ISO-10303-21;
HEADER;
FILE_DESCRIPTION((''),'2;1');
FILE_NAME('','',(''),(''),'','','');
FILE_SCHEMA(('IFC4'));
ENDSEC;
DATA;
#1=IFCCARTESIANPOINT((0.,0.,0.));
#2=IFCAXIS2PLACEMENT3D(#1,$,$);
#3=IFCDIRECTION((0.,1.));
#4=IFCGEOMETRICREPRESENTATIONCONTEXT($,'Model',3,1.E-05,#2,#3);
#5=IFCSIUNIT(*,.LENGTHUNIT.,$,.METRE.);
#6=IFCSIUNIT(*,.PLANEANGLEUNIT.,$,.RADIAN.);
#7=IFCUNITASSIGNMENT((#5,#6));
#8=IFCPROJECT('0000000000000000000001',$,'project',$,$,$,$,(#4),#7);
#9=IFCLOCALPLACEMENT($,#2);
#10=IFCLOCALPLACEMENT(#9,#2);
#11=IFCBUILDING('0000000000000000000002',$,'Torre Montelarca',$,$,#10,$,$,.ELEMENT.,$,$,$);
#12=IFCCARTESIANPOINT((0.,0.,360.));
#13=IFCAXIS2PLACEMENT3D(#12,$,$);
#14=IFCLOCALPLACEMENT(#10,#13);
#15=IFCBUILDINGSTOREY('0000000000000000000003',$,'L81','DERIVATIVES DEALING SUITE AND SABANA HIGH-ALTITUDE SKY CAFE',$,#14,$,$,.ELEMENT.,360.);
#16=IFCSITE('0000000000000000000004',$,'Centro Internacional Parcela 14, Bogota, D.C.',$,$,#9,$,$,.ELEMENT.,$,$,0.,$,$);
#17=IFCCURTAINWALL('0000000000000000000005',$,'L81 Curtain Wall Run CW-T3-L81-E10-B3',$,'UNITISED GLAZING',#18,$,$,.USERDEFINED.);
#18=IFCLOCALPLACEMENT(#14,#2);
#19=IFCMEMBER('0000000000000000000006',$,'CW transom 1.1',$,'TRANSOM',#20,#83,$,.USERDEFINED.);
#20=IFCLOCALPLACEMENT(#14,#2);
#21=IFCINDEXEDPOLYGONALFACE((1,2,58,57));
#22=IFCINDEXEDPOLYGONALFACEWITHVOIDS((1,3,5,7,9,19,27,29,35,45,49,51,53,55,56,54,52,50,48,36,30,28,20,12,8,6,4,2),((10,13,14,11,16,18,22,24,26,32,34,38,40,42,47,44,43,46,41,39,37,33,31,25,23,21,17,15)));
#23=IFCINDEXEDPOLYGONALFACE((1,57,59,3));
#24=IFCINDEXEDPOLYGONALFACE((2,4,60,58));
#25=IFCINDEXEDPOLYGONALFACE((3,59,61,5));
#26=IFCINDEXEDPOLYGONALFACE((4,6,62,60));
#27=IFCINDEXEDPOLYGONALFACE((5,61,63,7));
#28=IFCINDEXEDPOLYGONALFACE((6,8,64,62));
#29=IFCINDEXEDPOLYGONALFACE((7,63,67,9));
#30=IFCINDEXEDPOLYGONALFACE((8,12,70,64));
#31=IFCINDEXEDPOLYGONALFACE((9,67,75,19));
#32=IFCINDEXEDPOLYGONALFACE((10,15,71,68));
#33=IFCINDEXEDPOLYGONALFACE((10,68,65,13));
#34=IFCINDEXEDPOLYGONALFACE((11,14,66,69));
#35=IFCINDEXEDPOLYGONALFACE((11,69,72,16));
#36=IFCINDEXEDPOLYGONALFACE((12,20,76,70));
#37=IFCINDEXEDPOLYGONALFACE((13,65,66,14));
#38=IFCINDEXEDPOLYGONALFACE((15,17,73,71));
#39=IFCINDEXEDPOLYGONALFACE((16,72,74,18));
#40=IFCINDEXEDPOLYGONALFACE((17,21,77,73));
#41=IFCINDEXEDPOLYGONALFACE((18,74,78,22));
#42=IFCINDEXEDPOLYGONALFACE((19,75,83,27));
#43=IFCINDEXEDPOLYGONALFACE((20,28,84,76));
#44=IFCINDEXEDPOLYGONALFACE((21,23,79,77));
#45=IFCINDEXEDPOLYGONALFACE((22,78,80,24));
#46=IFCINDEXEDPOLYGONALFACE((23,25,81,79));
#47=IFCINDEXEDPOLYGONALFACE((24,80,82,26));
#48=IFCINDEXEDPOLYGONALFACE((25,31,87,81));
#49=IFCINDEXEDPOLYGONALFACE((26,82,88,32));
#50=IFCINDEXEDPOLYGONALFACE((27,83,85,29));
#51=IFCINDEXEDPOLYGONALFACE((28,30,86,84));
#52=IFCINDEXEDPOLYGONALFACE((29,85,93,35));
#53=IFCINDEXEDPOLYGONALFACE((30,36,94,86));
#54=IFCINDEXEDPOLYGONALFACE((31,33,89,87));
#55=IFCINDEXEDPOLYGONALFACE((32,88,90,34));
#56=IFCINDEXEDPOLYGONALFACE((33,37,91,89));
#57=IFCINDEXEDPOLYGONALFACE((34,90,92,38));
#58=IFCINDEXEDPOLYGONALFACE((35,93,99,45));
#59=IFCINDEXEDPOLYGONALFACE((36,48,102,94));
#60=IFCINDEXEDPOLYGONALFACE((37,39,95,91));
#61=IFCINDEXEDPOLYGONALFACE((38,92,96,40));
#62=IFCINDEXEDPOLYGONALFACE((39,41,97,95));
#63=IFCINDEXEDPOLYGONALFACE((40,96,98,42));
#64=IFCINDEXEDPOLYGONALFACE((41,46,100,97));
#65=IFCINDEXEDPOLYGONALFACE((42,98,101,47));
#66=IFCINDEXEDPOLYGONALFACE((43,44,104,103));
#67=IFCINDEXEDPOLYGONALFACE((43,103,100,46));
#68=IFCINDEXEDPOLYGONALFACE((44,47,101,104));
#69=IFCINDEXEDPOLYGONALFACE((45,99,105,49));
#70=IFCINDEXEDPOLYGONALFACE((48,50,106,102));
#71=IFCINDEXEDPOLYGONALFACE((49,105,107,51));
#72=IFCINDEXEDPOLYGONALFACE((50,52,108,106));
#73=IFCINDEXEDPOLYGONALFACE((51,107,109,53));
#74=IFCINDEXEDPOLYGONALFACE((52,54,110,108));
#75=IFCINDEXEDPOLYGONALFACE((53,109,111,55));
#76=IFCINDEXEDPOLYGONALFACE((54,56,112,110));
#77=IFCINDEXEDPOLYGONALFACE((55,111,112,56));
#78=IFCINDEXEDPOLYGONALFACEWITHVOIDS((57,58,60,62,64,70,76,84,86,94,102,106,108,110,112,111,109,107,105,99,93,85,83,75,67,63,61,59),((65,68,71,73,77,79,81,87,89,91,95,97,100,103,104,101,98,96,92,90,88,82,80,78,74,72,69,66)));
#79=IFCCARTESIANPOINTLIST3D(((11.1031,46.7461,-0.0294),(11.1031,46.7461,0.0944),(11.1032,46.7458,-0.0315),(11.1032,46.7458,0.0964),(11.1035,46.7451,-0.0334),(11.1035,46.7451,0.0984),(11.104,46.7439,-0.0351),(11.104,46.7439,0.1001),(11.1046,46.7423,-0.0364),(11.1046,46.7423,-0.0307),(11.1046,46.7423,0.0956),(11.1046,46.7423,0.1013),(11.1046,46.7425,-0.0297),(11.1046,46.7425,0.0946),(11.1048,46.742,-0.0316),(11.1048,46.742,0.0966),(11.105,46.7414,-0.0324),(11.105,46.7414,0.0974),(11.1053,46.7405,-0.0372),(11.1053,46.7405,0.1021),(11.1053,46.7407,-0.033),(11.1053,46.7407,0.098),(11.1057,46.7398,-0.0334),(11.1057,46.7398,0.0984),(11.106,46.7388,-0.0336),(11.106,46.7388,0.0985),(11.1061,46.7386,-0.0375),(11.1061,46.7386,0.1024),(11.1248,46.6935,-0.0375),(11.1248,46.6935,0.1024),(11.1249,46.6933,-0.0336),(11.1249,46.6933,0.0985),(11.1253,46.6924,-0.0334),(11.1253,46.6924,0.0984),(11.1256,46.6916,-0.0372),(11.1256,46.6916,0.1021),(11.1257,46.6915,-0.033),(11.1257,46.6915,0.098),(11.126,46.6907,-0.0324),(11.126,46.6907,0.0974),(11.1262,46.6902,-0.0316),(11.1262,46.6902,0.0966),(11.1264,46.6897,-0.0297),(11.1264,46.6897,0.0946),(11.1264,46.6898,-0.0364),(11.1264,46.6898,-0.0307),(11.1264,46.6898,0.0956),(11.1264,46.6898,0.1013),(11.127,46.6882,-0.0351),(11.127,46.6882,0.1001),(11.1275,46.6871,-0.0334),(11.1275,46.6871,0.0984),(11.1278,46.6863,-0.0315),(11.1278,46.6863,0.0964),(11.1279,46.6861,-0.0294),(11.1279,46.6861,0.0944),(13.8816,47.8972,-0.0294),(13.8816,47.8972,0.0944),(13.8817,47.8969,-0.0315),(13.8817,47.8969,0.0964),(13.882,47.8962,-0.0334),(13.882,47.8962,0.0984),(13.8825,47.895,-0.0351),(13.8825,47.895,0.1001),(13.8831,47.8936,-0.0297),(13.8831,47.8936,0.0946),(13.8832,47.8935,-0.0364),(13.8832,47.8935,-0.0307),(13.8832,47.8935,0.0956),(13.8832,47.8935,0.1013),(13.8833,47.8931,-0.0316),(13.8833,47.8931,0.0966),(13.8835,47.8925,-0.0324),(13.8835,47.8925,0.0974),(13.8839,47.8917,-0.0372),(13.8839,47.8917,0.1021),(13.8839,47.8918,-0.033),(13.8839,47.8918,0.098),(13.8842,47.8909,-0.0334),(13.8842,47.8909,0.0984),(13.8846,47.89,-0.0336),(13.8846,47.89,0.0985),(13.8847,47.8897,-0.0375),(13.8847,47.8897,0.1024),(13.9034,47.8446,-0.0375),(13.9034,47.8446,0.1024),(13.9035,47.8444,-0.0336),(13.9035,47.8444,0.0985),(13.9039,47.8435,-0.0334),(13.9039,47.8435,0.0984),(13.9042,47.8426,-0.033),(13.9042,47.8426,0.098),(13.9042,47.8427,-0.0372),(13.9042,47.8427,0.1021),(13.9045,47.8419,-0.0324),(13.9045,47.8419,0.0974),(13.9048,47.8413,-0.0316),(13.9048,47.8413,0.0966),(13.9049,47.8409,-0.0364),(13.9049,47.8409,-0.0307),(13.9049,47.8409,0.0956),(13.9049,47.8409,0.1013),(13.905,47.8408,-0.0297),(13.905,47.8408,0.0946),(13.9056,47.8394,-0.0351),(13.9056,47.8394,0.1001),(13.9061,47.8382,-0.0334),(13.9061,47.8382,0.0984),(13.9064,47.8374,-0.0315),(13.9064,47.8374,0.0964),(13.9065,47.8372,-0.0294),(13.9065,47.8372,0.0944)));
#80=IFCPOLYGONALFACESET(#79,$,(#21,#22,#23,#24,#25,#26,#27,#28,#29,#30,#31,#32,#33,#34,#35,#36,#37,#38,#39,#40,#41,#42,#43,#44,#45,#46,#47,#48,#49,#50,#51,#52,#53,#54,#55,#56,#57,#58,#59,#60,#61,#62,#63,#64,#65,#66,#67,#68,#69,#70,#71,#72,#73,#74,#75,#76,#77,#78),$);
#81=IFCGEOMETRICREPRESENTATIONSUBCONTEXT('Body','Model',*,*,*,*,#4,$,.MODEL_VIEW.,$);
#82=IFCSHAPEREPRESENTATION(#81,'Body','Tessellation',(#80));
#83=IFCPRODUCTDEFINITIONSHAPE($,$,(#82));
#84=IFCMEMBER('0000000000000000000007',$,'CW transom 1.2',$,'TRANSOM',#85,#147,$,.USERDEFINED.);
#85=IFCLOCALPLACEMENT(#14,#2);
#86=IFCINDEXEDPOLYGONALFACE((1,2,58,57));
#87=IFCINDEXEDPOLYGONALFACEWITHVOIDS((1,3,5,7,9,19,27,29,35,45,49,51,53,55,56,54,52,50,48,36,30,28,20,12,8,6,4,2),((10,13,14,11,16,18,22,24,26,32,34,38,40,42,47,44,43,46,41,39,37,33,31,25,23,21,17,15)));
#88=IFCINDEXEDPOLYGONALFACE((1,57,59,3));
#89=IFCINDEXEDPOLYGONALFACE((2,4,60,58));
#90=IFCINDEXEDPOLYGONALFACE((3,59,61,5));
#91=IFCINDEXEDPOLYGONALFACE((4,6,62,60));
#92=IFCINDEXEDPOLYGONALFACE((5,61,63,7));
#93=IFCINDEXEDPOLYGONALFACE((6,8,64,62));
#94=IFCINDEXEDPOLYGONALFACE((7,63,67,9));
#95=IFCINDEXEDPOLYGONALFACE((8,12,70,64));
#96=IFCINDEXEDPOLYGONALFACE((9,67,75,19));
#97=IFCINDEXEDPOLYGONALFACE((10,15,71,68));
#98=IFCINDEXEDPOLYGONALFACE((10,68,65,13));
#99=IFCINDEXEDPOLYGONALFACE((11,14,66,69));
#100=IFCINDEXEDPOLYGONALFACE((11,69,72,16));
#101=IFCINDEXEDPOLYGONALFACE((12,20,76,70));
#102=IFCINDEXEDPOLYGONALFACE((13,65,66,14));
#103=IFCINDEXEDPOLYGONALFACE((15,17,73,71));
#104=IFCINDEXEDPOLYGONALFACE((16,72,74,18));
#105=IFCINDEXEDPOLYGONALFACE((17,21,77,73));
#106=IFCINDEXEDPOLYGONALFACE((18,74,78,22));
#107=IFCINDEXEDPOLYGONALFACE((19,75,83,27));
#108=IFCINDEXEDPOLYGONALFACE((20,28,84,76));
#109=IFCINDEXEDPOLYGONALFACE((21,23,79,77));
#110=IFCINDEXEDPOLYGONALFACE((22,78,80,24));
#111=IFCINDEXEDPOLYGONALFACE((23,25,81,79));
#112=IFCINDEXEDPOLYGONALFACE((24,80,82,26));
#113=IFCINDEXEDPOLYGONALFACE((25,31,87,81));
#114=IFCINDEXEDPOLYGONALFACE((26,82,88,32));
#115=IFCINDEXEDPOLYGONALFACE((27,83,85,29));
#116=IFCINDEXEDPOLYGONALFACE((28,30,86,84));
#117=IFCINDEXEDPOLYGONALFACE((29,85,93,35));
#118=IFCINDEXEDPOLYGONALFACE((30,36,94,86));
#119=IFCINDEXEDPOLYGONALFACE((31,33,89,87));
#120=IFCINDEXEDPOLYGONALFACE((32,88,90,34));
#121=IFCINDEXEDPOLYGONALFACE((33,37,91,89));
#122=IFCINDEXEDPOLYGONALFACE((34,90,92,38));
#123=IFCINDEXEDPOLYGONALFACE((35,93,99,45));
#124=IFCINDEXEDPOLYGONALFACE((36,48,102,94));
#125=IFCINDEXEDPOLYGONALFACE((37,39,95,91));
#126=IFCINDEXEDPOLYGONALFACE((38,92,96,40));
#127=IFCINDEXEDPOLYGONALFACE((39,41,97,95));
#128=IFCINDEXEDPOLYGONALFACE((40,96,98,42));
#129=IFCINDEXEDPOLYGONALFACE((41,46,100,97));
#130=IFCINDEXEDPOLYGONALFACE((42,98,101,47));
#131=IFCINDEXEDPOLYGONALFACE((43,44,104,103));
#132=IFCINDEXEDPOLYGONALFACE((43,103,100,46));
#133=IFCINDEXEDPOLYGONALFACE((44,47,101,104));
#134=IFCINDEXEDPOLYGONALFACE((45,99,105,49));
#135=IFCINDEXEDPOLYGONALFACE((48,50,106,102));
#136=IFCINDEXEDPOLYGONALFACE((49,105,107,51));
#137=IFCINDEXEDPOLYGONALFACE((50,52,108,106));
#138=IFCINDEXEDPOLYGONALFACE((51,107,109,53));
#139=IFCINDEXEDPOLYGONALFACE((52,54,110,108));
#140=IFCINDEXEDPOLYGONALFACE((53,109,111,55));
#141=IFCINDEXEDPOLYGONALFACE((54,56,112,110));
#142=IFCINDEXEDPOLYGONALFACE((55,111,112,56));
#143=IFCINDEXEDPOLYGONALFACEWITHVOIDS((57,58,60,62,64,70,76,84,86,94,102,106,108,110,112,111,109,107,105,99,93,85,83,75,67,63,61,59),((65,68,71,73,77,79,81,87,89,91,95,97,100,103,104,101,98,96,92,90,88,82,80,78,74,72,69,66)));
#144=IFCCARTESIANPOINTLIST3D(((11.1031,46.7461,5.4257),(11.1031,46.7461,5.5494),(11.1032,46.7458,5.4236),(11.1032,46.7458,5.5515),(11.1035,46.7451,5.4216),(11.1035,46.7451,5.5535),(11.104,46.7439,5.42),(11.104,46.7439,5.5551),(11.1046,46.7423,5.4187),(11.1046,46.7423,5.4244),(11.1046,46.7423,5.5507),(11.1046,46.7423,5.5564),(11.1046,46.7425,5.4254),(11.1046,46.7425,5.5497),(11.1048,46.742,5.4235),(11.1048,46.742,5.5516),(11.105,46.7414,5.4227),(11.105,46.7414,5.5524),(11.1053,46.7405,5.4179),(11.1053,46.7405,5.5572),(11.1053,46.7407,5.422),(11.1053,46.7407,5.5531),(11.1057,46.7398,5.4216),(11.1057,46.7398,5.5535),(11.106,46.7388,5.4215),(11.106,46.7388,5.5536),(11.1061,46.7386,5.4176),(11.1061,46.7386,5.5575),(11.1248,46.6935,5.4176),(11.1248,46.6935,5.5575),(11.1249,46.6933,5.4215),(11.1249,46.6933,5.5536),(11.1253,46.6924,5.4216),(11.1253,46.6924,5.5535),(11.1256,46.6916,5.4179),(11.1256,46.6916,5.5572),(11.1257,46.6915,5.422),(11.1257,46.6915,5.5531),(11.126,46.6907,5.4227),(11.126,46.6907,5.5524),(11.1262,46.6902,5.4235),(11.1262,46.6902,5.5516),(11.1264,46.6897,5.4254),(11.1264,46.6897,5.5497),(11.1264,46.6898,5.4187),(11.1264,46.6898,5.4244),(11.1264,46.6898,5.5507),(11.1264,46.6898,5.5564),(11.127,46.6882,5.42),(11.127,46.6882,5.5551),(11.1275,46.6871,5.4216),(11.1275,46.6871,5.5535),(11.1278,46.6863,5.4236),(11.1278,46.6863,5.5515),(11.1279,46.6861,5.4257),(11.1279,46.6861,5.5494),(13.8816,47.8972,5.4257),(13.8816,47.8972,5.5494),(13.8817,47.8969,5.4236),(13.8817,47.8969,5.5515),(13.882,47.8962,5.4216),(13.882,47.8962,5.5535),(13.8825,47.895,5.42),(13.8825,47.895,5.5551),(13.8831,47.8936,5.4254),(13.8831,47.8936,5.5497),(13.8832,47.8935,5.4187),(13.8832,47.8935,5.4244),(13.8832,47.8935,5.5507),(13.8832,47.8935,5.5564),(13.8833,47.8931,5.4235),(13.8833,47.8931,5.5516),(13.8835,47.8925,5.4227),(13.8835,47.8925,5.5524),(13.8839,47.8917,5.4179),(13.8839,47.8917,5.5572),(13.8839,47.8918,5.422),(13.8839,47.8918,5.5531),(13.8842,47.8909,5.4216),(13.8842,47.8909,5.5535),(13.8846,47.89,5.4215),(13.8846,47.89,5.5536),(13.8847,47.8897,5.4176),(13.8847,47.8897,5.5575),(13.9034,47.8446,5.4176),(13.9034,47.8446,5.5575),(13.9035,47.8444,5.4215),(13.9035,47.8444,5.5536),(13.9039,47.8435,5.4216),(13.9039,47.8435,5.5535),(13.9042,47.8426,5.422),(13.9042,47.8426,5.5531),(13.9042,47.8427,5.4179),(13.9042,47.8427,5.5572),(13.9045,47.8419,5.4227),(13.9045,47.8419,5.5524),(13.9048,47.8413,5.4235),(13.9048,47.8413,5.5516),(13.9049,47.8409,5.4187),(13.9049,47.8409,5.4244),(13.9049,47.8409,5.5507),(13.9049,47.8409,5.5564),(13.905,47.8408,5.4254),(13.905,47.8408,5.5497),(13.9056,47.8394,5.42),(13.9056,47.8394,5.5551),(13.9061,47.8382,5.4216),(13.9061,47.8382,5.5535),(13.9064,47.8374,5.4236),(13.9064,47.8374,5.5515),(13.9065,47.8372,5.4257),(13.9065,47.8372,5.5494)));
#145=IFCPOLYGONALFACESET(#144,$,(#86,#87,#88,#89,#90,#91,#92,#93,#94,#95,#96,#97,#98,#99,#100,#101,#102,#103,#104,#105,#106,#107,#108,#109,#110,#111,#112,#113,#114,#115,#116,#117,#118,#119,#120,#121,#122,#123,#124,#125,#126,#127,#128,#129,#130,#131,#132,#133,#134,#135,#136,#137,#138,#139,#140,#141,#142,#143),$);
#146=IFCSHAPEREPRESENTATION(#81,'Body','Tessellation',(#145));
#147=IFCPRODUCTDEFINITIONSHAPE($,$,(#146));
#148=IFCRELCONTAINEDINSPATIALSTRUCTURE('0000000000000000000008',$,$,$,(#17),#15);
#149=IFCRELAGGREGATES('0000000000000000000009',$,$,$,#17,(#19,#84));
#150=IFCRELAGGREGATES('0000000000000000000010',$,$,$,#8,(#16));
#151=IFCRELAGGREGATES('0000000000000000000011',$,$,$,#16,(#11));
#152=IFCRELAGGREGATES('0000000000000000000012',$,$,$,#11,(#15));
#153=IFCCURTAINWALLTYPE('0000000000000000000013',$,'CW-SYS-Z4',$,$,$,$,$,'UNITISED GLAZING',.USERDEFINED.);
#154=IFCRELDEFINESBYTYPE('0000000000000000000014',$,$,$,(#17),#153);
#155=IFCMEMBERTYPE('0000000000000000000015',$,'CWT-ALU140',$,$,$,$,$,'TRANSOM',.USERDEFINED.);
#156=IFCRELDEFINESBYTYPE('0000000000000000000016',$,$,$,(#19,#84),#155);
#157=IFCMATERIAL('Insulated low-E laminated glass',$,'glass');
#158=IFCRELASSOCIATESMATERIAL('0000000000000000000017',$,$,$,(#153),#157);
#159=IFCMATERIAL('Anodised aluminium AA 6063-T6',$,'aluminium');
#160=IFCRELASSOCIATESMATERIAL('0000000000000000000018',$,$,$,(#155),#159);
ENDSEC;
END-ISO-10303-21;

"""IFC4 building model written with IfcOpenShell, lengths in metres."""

from ifc_helpers import new_model, si_unit, direction, frame, origin, origin_2d, place, context, subcontext, project, spatial, hollow_rectangle, extrude, source, transform, mapped, material, material_profile, profile_set, type_object, element, aggregate, save


model = new_model("IFC4")

# Units and contexts
model_context = context("Model", 3, precision=1e-05, world=origin(), true_north=direction((0.0, 1.0)))
body_context = subcontext(model_context, "Body", "Model", "MODEL_VIEW")
ifc_project = project(units=[si_unit("LENGTHUNIT", "METRE"), si_unit("PLANEANGLEUNIT", "RADIAN")], contexts=[model_context])

# Site, building, storey
site_placement = place(None, origin())
site = spatial("IfcSite", under=ifc_project, at=site_placement, Name="Centro Internacional Parcela 14, Bogota, D.C.", CompositionType="ELEMENT", RefElevation=0.0)
building_placement = place(site_placement, origin())
building = spatial("IfcBuilding", under=site, at=building_placement, Name="Torre Montelarca", CompositionType="ELEMENT")
storey_placement = place(building_placement, frame((0.0, 0.0, 360.0)))
storey = spatial("IfcBuildingStorey", under=building, at=storey_placement, Name="L81", Description="DERIVATIVES DEALING SUITE AND SABANA HIGH-ALTITUDE SKY CAFE", CompositionType="ELEMENT", Elevation=360.0)

# Curtain wall, members
ifc_material_1 = material(Name="Insulated low-E laminated glass", Category="glass")
curtain_wall_type = type_object("IfcCurtainWallType", Name="CW-SYS-Z4", ElementType="UNITISED GLAZING", PredefinedType="USERDEFINED", material=ifc_material_1)
curtain_wall_placement = place(storey_placement, origin())
curtain_wall = element("IfcCurtainWall", 1, at=curtain_wall_placement, inside=storey, type_object=curtain_wall_type, Name="L81 Curtain Wall Run CW-T3-L81-E10-B3", ObjectType="UNITISED GLAZING", PredefinedType="USERDEFINED")
ifc_material_2 = material(Name="Anodised aluminium AA 6063-T6", Category="aluminium")
ifc_material_profile_1 = material_profile(ifc_material_2, hollow_rectangle(XDim=0.0649, YDim=0.1399, WallThickness=0.0039, InnerFilletRadius=0.0039, OuterFilletRadius=0.0081, at=origin_2d()), Name="ALU65X140X4", Category="aluminium")
ifc_profile_set_1 = profile_set([ifc_material_profile_1], Name="Anodised aluminium AA 6063-T6")
member_type_1 = type_object("IfcMemberType", Name="CWT-ALU140", ElementType="TRANSOM", PredefinedType="USERDEFINED", material=ifc_profile_set_1)
shared_shape_1 = source(origin(), body_context, "Body", "SweptSolid", [
    extrude(hollow_rectangle(XDim=0.0649, YDim=0.1399, WallThickness=0.0039, InnerFilletRadius=0.0039, OuterFilletRadius=0.0081, at=origin_2d()), origin(), (0.0, 0.0, 1.0), 3.0076),
])
member_1_placement = place(storey_placement, frame((13.894, 47.8672, 0.0325), z_axis=(-0.923856, -0.382741, 0.0), x_axis=(0.382741, -0.923856, 0.0)))
member_1 = element("IfcMember", 2, at=member_1_placement, type_object=member_type_1, Name="CW transom 1.1", ObjectType="TRANSOM", PredefinedType="USERDEFINED", context=body_context, shape_type="MappedRepresentation", body=[
    mapped(shared_shape_1, transform((0.0, 0.0, 0.0), scale=1.0)),
])
member_2_placement = place(storey_placement, frame((13.894, 47.8672, 5.4875), z_axis=(-0.923856, -0.382741, 0.0), x_axis=(0.382741, -0.923856, 0.0)))
member_2 = element("IfcMember", 3, at=member_2_placement, type_object=member_type_1, Name="CW transom 1.2", ObjectType="TRANSOM", PredefinedType="USERDEFINED", context=body_context, shape_type="MappedRepresentation", body=[
    mapped(shared_shape_1, transform((0.0, 0.0, 0.0), scale=1.0)),
])
aggregate(curtain_wall, [member_1, member_2])

save(model, "model.ifc")
